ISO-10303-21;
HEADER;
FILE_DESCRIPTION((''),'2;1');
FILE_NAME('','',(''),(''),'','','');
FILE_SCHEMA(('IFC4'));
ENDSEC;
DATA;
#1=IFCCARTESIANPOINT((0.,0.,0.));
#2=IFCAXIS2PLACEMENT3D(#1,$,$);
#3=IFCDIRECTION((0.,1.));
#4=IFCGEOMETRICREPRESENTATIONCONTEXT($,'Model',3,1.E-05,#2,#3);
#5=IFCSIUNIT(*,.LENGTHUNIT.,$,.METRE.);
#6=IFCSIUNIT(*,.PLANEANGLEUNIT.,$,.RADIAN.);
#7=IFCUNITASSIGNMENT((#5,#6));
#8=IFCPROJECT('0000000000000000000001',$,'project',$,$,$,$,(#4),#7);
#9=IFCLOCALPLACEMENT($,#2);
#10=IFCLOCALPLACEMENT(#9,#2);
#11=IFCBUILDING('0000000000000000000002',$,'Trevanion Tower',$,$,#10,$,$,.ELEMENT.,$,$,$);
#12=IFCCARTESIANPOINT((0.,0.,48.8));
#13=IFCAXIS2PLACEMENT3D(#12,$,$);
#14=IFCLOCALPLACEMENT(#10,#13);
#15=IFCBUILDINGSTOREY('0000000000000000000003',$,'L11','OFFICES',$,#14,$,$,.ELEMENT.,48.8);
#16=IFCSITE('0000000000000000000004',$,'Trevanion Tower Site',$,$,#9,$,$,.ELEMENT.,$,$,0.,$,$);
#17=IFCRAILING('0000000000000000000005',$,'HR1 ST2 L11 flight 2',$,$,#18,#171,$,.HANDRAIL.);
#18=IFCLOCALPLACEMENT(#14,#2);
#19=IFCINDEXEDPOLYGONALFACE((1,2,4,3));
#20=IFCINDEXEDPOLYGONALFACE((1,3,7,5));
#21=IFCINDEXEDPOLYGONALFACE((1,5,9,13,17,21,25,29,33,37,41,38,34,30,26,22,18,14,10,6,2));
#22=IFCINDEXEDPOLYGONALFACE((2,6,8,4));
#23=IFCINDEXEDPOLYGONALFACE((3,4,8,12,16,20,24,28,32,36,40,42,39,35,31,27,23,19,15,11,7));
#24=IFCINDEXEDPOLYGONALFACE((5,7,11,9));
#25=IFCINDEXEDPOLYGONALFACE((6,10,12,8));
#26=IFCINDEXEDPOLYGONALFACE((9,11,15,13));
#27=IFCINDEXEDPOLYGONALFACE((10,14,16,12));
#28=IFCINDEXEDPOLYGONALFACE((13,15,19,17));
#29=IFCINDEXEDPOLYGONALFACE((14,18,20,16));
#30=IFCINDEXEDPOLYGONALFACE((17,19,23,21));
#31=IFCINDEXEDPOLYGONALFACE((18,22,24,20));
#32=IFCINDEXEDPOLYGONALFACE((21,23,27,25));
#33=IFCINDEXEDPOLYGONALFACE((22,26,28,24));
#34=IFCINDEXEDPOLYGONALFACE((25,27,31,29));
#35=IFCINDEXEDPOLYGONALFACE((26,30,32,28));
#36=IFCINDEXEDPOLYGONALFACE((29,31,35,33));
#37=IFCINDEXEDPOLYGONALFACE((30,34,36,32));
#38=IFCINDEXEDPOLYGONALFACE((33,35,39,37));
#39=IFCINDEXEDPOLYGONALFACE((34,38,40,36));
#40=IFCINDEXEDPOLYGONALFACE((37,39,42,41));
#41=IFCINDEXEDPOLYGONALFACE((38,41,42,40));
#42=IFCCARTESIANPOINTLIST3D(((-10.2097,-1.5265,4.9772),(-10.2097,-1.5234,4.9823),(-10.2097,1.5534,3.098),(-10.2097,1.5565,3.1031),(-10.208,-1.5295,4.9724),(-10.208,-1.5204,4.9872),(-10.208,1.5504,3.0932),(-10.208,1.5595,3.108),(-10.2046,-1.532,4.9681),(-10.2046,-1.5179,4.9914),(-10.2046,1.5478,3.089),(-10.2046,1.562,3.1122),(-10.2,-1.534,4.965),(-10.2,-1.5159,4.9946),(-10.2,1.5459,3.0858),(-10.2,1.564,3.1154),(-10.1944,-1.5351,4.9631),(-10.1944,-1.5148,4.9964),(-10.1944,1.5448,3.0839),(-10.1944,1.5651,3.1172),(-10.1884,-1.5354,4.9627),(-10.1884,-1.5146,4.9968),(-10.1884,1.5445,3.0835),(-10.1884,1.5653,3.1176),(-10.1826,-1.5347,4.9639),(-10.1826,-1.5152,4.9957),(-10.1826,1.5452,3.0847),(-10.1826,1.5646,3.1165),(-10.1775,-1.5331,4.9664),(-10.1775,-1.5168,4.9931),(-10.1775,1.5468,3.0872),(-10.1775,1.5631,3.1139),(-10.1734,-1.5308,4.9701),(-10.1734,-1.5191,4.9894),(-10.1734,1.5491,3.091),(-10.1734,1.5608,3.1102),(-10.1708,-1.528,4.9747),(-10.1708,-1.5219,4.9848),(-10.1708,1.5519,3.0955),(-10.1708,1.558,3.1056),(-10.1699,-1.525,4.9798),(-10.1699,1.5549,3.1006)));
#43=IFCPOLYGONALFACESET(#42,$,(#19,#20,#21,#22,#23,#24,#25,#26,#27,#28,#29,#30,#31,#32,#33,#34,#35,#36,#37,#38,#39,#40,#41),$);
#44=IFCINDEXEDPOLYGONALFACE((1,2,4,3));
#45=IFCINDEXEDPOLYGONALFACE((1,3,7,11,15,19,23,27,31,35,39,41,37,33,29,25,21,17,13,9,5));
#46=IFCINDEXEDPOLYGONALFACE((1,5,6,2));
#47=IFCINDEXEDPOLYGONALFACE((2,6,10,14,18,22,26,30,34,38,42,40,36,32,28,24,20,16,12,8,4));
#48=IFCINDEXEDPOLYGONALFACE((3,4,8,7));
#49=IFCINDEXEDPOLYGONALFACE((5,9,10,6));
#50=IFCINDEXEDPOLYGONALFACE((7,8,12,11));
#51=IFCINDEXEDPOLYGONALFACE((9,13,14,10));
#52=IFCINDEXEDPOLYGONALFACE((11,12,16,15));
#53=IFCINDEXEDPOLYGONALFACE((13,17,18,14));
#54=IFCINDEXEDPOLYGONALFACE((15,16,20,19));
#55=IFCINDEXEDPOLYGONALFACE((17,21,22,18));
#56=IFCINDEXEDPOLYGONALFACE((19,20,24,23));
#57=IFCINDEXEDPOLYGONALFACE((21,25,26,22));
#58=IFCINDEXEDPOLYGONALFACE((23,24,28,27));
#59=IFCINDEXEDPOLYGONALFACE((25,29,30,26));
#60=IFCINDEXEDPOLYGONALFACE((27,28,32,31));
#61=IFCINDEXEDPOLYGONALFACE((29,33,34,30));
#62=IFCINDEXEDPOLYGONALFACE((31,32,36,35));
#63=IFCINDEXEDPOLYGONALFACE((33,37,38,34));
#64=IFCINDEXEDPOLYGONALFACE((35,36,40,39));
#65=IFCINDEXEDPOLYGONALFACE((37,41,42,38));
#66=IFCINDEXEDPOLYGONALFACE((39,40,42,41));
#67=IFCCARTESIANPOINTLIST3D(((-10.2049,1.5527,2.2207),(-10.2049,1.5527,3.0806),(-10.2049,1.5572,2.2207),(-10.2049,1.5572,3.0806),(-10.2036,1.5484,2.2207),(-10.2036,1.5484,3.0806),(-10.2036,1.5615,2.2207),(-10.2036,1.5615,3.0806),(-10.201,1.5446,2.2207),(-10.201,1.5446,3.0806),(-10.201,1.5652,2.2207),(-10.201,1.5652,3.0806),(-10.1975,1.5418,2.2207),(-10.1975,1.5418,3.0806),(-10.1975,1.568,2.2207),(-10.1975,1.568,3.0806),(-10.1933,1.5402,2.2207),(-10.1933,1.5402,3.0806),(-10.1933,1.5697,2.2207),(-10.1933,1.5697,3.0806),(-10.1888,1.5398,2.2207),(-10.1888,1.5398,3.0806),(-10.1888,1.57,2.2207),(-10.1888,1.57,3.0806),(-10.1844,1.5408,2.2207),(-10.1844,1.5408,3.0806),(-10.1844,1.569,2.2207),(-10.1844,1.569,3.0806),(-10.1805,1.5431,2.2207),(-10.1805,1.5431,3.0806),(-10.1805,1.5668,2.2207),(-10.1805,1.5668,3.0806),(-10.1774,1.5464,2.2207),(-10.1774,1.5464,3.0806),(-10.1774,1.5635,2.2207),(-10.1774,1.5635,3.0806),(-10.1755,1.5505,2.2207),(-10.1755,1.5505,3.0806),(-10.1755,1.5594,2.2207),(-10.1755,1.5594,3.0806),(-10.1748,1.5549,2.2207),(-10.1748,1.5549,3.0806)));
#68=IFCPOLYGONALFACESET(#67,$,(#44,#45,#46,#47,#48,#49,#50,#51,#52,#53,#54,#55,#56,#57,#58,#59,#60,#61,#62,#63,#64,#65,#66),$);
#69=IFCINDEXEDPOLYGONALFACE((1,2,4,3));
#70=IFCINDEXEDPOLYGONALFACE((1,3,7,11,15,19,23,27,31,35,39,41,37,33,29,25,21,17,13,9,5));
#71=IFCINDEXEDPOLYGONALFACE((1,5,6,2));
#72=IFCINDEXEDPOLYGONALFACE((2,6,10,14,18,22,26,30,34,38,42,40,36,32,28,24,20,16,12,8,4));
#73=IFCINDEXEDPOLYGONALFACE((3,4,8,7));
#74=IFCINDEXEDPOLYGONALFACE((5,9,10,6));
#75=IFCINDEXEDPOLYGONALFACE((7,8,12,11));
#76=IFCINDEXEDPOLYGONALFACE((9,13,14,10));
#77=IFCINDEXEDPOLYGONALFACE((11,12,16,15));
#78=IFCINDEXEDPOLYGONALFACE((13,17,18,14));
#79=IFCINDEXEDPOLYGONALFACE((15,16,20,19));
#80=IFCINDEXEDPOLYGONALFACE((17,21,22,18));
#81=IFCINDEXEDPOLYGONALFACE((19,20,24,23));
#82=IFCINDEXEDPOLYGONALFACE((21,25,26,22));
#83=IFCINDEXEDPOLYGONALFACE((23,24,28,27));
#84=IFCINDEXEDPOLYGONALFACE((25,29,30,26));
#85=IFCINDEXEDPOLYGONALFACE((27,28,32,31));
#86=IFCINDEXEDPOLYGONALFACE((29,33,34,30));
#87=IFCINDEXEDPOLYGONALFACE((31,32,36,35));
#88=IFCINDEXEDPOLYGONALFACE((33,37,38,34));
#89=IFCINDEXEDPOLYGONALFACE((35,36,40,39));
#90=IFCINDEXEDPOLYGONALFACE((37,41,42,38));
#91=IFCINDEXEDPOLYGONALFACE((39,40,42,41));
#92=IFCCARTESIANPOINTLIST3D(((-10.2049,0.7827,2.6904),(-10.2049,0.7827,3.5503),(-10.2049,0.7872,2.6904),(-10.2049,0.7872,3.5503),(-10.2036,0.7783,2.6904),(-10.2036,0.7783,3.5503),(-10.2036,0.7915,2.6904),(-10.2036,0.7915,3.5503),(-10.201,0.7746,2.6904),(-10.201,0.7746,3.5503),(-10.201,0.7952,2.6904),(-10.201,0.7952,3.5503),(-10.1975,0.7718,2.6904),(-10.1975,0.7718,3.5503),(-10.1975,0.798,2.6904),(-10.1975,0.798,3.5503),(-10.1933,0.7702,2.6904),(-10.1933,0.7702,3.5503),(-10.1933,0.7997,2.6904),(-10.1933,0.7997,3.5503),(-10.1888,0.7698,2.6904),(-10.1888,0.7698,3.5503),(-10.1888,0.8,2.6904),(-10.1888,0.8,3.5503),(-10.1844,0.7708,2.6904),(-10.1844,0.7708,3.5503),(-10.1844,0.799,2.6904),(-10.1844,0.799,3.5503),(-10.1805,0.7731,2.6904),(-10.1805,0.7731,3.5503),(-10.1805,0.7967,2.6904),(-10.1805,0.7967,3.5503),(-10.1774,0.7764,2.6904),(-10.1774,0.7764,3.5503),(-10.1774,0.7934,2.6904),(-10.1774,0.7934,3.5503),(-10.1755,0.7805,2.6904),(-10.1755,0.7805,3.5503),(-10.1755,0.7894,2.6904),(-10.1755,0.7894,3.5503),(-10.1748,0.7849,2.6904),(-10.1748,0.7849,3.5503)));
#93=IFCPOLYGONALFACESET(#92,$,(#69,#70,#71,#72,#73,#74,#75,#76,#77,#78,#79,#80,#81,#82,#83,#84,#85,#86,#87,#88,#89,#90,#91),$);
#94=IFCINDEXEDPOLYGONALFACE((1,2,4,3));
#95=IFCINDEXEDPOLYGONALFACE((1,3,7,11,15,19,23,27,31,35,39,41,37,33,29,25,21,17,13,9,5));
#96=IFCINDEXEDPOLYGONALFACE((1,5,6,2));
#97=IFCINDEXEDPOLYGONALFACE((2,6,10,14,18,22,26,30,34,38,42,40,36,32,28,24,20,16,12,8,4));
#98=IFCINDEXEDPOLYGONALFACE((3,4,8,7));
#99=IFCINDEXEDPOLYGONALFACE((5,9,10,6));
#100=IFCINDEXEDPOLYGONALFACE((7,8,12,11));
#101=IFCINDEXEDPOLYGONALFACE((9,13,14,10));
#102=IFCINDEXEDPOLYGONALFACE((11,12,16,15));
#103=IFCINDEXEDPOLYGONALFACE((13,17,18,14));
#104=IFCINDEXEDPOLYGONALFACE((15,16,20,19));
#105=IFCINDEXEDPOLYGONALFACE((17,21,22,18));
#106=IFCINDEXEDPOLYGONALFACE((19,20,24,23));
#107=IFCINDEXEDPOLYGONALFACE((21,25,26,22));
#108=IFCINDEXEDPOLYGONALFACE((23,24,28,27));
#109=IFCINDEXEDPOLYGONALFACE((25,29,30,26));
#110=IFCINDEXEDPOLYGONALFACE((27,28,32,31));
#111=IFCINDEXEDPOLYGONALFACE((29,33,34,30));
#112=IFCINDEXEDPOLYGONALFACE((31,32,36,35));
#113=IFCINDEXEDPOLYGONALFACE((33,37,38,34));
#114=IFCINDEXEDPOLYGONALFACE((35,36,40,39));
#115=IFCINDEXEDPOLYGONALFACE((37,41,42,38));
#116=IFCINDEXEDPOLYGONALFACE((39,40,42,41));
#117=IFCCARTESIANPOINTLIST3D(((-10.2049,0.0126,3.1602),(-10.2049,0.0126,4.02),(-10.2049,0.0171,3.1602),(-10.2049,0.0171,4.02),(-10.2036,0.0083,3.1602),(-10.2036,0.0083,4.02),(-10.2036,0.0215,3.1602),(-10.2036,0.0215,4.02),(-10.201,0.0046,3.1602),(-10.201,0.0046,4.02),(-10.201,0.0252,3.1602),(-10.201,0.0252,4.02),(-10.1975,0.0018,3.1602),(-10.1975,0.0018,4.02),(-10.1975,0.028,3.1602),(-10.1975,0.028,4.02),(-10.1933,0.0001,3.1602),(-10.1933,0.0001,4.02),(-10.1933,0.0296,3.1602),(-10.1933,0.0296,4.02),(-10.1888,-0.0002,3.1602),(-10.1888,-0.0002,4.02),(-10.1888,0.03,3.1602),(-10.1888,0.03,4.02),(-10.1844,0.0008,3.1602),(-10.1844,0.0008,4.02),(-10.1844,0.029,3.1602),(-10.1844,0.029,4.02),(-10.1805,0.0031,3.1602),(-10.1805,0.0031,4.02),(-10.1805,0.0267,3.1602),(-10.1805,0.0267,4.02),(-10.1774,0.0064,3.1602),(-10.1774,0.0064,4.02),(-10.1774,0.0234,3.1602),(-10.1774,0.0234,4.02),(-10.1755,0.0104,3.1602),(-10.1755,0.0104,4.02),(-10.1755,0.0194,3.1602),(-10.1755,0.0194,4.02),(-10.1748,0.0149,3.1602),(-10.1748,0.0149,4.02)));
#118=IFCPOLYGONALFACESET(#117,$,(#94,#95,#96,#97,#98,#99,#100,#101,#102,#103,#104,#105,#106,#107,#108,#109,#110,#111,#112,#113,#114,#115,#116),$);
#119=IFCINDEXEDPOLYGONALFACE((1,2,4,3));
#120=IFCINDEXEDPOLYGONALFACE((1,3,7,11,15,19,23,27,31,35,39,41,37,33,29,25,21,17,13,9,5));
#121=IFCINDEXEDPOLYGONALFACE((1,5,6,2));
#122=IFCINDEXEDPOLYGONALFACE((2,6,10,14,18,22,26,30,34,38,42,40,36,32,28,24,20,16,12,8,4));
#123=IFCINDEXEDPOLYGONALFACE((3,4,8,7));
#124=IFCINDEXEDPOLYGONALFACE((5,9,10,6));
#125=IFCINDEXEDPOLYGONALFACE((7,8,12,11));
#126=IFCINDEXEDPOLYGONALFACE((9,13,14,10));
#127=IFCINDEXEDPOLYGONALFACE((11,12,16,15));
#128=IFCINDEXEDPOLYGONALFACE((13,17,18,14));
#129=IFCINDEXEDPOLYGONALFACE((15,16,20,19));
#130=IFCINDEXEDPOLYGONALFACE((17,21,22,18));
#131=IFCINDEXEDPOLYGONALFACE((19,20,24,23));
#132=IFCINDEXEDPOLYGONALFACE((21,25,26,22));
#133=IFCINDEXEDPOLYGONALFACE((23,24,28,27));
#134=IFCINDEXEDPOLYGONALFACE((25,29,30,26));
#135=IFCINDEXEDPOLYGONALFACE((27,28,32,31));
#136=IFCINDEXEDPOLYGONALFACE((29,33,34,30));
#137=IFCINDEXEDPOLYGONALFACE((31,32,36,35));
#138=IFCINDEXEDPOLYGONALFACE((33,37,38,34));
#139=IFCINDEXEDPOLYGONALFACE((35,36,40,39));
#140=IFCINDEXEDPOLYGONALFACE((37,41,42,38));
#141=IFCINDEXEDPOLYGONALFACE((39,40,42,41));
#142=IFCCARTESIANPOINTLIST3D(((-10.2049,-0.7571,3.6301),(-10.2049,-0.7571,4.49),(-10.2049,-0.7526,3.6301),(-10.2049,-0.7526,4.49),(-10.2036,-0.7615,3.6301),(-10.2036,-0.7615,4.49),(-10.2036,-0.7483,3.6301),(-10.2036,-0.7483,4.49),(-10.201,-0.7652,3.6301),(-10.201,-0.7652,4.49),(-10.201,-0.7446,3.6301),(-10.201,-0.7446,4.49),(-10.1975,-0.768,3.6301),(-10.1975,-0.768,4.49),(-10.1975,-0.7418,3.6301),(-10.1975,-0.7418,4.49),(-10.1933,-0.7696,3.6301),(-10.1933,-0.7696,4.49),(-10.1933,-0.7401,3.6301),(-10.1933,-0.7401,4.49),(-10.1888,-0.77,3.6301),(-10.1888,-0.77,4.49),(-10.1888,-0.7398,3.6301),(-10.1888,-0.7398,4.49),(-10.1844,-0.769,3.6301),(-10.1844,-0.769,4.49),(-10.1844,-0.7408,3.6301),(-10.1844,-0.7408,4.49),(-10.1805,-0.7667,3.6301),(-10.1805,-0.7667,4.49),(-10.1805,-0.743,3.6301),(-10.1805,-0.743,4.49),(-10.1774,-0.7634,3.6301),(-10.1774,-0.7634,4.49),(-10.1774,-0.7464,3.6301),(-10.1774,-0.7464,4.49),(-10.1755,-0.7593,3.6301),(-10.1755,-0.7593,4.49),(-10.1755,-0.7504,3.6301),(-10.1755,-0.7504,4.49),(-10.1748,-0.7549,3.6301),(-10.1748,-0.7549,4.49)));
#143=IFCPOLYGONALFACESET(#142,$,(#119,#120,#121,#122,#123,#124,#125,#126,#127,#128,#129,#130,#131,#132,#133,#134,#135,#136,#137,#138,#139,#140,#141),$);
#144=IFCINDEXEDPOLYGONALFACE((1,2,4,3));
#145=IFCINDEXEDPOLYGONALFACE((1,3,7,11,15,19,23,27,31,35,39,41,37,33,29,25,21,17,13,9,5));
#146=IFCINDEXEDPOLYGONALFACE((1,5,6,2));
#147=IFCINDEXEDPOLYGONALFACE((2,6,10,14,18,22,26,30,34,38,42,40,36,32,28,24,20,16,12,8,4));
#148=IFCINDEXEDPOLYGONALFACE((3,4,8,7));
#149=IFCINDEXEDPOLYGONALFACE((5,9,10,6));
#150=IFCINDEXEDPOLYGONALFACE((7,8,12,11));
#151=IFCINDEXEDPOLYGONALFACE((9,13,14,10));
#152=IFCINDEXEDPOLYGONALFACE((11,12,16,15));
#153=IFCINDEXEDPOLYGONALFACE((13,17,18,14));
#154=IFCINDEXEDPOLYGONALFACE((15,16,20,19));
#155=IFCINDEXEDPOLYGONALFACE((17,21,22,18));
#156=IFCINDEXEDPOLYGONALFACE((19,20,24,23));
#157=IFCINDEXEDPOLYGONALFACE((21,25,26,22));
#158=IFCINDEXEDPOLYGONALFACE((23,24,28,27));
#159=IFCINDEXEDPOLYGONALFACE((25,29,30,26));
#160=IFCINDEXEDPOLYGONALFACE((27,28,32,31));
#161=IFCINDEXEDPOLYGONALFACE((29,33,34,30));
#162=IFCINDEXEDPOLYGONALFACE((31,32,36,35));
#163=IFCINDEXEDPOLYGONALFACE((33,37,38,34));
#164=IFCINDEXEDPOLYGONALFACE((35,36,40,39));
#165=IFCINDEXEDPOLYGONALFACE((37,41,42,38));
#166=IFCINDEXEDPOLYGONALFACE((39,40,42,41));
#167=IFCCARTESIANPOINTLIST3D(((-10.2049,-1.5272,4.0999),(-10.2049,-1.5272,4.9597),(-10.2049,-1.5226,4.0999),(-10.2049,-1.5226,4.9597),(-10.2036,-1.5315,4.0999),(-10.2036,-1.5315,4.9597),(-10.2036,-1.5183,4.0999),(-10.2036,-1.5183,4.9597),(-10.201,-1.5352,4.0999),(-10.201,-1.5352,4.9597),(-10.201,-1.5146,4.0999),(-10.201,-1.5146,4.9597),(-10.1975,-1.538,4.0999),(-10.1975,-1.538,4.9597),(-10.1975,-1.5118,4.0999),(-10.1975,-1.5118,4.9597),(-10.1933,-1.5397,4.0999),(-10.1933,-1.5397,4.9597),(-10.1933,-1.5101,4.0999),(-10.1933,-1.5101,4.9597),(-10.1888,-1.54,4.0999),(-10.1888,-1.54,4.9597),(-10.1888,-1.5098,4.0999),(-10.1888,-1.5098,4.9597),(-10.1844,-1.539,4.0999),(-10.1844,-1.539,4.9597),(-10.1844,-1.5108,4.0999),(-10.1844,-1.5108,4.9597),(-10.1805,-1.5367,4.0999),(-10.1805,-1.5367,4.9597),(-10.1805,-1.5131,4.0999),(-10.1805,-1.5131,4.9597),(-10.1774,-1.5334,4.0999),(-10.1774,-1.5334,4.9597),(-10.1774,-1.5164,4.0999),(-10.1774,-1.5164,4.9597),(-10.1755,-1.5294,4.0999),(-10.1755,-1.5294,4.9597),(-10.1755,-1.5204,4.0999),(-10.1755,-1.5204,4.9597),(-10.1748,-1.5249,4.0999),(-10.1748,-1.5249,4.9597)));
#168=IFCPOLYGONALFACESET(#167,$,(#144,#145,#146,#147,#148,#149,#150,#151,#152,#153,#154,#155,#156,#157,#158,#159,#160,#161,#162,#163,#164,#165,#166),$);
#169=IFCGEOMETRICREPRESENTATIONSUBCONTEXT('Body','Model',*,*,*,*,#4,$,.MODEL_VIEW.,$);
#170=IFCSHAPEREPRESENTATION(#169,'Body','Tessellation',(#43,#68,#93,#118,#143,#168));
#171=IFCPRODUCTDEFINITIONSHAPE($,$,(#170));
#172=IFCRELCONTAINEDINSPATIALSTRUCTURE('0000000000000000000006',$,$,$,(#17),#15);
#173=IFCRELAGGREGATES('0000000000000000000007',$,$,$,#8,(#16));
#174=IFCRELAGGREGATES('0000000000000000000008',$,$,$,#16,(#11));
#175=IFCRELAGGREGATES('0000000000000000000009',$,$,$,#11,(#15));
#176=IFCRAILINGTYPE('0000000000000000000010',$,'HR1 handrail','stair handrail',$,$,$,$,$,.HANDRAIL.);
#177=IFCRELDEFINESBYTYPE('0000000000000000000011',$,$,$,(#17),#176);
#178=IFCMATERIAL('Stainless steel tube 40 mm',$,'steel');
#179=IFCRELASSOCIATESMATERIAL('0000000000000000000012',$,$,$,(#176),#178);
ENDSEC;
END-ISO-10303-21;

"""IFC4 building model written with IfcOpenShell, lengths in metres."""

from ifc_helpers import new_model, si_unit, direction, frame, origin, origin_2d, place, context, subcontext, project, spatial, circle, extrude, material, type_object, element, save


model = new_model("IFC4")

# Units and contexts
model_context = context("Model", 3, precision=1e-05, world=origin(), true_north=direction((0.0, 1.0)))
body_context = subcontext(model_context, "Body", "Model", "MODEL_VIEW")
ifc_project = project(units=[si_unit("LENGTHUNIT", "METRE"), si_unit("PLANEANGLEUNIT", "RADIAN")], contexts=[model_context])

# Site, building, storey
site_placement = place(None, origin())
site = spatial("IfcSite", under=ifc_project, at=site_placement, Name="Trevanion Tower Site", CompositionType="ELEMENT", RefElevation=0.0)
building_placement = place(site_placement, origin())
building = spatial("IfcBuilding", under=site, at=building_placement, Name="Trevanion Tower", CompositionType="ELEMENT")
storey_placement = place(building_placement, frame((0.0, 0.0, 48.8)))
storey = spatial("IfcBuildingStorey", under=building, at=storey_placement, Name="L11", Description="OFFICES", CompositionType="ELEMENT", Elevation=48.8)

# Railing
ifc_material_1 = material(Name="Stainless steel tube 40 mm", Category="steel")
railing_type = type_object("IfcRailingType", Name="HR1 handrail", Description="stair handrail", PredefinedType="HANDRAIL", material=ifc_material_1)
for number, where, name in (
    (1, (-10.1899, 1.5549, 2.2207), "HR1 ST2 L11 flight 2"),
):
    element("IfcRailing", number, at=place(storey_placement, frame(where)), inside=storey, type_object=railing_type, Name=name, PredefinedType="HANDRAIL", context=body_context, shape_type="SweptSolid", body=[
        extrude(circle(Radius=0.02, at=origin_2d()), frame((0.0, 0.0, 0.8799), z_axis=(0.0, -0.853648, 0.52085), x_axis=(1.0, 0.0, 0.0)), (0.0, 0.0, 1.0), 3.6079),
        extrude(circle(Radius=0.0151, at=origin_2d()), origin(), (0.0, 0.0, 1.0), 0.8599),
        extrude(circle(Radius=0.0151, at=origin_2d()), frame((0.0, -0.77, 0.4697)), (0.0, 0.0, 1.0), 0.8599),
        extrude(circle(Radius=0.0151, at=origin_2d()), frame((0.0, -1.54, 0.9395)), (0.0, 0.0, 1.0), 0.8599),
        extrude(circle(Radius=0.0151, at=origin_2d()), frame((0.0, -2.3098, 1.4094)), (0.0, 0.0, 1.0), 0.8599),
        extrude(circle(Radius=0.0151, at=origin_2d()), frame((0.0, -3.0798, 1.8792)), (0.0, 0.0, 1.0), 0.8599),
    ])

save(model, "model.ifc")
